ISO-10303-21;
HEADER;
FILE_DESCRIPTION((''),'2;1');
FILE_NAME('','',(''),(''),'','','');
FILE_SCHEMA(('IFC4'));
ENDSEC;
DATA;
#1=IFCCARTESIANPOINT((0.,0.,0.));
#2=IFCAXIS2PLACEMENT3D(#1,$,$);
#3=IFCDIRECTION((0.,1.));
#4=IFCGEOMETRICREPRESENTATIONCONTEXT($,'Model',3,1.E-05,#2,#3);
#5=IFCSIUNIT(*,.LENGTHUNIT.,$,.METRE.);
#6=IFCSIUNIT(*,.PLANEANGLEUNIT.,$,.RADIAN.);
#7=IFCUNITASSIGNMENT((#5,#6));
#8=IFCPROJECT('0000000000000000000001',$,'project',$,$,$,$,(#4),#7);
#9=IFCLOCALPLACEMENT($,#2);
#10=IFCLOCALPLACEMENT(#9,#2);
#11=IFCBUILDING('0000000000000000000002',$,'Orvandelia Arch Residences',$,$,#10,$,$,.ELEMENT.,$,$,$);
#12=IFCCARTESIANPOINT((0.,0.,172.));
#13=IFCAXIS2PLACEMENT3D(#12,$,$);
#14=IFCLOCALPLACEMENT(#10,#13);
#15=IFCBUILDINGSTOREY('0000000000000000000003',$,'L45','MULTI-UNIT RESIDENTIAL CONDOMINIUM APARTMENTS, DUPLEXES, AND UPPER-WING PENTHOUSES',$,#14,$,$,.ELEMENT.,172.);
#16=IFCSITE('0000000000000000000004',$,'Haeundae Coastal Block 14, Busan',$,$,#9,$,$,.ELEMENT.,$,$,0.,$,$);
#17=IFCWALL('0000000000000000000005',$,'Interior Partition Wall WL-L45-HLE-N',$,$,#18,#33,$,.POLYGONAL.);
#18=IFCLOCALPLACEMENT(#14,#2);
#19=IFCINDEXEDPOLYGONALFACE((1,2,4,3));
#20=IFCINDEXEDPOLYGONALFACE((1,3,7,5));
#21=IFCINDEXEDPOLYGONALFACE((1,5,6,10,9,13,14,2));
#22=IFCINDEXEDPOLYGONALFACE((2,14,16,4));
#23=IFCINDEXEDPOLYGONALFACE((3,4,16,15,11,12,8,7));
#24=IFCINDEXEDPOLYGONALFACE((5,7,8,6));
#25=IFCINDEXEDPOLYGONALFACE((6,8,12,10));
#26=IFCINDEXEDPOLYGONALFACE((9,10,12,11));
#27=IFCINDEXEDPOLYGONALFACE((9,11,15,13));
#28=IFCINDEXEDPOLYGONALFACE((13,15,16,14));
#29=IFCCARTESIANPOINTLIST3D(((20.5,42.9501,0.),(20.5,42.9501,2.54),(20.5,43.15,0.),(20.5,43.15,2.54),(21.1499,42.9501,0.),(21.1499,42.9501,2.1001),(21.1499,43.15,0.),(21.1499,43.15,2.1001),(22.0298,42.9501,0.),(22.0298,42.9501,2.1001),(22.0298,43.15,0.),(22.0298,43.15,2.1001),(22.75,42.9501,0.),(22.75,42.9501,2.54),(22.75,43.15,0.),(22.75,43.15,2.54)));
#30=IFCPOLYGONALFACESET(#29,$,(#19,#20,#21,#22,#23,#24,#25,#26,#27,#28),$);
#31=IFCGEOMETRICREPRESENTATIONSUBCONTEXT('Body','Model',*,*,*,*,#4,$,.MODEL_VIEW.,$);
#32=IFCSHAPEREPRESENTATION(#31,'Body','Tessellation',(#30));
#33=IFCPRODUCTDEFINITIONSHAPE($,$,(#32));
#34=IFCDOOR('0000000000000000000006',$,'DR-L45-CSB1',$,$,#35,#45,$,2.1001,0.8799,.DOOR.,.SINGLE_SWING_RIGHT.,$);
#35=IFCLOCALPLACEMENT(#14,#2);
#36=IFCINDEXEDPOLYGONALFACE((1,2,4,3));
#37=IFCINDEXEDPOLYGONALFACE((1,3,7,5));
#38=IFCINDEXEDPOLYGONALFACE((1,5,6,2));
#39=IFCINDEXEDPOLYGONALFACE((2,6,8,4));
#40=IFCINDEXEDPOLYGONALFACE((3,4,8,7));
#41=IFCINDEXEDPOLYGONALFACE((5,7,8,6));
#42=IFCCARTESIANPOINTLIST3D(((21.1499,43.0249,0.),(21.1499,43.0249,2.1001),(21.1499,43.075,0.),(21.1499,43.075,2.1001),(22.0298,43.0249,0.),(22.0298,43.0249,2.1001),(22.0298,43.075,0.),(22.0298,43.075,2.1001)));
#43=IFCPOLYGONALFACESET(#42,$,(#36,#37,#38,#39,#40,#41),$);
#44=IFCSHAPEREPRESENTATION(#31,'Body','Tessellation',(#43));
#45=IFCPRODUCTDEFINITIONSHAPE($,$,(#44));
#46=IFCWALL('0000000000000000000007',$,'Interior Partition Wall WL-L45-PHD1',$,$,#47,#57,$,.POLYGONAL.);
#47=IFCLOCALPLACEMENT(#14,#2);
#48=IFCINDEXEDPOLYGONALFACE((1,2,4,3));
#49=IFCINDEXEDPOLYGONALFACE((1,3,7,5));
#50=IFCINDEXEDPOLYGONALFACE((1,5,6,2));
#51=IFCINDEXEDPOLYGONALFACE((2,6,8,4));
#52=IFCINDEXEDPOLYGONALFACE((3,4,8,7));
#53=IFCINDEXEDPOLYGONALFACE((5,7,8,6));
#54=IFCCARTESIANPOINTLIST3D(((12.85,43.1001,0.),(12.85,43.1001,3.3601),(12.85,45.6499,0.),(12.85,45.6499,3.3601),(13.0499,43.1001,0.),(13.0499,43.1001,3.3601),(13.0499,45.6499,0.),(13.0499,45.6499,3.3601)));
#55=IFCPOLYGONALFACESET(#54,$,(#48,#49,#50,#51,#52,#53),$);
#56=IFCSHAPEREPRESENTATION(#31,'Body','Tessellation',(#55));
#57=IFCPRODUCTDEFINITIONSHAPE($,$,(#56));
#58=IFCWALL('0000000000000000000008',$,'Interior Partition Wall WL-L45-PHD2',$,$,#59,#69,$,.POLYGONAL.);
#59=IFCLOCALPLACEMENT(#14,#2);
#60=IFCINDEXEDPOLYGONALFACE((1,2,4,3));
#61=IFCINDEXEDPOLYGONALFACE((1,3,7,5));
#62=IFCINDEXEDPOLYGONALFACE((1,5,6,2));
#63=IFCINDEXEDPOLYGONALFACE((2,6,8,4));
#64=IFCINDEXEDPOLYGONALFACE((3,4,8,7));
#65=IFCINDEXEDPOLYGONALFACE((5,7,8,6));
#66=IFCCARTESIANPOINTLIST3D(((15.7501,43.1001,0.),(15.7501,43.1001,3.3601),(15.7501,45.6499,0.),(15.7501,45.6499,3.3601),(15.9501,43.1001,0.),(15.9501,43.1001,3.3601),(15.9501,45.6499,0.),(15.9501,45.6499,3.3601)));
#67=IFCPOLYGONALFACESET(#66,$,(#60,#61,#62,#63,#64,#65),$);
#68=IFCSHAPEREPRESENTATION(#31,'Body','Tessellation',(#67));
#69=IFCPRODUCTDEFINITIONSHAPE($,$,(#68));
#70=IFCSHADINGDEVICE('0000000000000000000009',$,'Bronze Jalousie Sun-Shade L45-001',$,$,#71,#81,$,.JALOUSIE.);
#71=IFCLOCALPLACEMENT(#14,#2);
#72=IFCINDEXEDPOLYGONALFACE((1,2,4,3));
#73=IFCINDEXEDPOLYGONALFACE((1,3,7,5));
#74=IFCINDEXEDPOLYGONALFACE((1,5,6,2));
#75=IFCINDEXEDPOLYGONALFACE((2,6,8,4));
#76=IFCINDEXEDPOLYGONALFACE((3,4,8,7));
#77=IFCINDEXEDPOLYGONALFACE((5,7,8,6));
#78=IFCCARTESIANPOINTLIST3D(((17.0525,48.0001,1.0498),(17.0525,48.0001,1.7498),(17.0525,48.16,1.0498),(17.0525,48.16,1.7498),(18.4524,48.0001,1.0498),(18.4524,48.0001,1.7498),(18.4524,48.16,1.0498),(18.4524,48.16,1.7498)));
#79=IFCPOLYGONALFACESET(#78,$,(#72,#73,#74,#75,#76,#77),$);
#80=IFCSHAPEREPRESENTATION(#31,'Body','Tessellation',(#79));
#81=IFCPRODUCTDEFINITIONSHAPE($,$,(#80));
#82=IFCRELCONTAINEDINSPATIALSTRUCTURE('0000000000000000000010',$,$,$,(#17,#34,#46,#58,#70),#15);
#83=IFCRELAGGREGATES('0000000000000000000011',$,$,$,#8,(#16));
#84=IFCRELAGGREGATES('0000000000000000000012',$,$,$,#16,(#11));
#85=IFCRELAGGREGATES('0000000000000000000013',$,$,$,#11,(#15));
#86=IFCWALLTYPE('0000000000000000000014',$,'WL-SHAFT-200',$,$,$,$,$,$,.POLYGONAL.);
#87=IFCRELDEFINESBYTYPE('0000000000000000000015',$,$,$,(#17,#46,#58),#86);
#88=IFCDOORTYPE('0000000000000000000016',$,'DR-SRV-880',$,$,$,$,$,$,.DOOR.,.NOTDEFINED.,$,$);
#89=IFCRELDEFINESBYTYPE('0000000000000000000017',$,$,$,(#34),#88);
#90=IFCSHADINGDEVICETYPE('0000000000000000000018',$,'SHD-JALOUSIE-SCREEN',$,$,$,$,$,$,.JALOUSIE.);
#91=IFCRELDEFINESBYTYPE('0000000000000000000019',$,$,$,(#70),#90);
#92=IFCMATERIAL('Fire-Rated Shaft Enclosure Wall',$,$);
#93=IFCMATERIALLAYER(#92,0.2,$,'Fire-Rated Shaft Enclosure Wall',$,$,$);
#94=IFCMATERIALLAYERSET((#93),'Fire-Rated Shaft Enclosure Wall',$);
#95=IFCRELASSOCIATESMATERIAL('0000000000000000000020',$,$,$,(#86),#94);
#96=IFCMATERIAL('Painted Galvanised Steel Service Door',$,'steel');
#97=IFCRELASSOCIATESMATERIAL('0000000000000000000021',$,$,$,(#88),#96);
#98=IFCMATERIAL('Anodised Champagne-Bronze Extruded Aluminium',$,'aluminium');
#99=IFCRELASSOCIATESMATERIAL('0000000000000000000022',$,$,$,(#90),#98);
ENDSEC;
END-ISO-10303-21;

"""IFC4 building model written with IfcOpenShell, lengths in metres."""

from ifc_helpers import new_model, si_unit, direction, frame, frame_2d, origin, origin_2d, place, context, subcontext, project, spatial, rectangle, extrude, material, layer, layer_set, type_object, element, fill, save


model = new_model("IFC4")

# Units and contexts
model_context = context("Model", 3, precision=1e-05, world=origin(), true_north=direction((0.0, 1.0)))
body_context = subcontext(model_context, "Body", "Model", "MODEL_VIEW")
ifc_project = project(units=[si_unit("LENGTHUNIT", "METRE"), si_unit("PLANEANGLEUNIT", "RADIAN")], contexts=[model_context])

# Site, building, storey
site_placement = place(None, origin())
site = spatial("IfcSite", under=ifc_project, at=site_placement, Name="Haeundae Coastal Block 14, Busan", CompositionType="ELEMENT", RefElevation=0.0)
building_placement = place(site_placement, origin())
building = spatial("IfcBuilding", under=site, at=building_placement, Name="Orvandelia Arch Residences", CompositionType="ELEMENT")
storey_placement = place(building_placement, frame((0.0, 0.0, 172.0)))
storey = spatial("IfcBuildingStorey", under=building, at=storey_placement, Name="L45", Description="MULTI-UNIT RESIDENTIAL CONDOMINIUM APARTMENTS, DUPLEXES, AND UPPER-WING PENTHOUSES", CompositionType="ELEMENT", Elevation=172.0)

# Shared definitions
ifc_material_1 = material(Name="Fire-Rated Shaft Enclosure Wall")
ifc_layer_1 = layer(ifc_material_1, 0.2, Name="Fire-Rated Shaft Enclosure Wall")
ifc_layer_set_1 = layer_set([ifc_layer_1], Name="Fire-Rated Shaft Enclosure Wall")
wall_type_1 = type_object("IfcWallType", Name="WL-SHAFT-200", PredefinedType="POLYGONAL", material=ifc_layer_set_1)

# Shared definitions
ifc_material_2 = material(Name="Painted Galvanised Steel Service Door", Category="steel")
door_type_1 = type_object("IfcDoorType", Name="DR-SRV-880", OperationType="NOTDEFINED", PredefinedType="DOOR", material=ifc_material_2)

# Wall, opening, door
wall_1_placement = place(storey_placement, frame((20.5, 43.05, 0.0), z_axis=(0.0, 0.0, 1.0), x_axis=(1.0, 0.0, 0.0)))
wall_1 = element("IfcWall", 1, at=wall_1_placement, inside=storey, type_object=wall_type_1, Name="Interior Partition Wall WL-L45-HLE-N", PredefinedType="POLYGONAL", context=body_context, shape_type="SweptSolid", body=[
    extrude(rectangle(XDim=2.25, YDim=0.2, at=frame_2d((1.125, 0.0))), origin(), (0.0, 0.0, 1.0), 2.54),
])
opening_1_placement = place(wall_1_placement, frame((0.6499, 0.0, 0.0)))
opening_1 = element("IfcOpeningElement", 2, at=opening_1_placement, cuts=wall_1, PredefinedType="OPENING", context=body_context, shape_type="SweptSolid", body=[
    extrude(rectangle(XDim=0.8799, YDim=2.1001, at=frame_2d((0.4399, 1.05))), frame((0.0, 0.1099, 0.0), z_axis=(0.0, -1.0, 0.0), x_axis=(1.0, 0.0, 0.0)), (0.0, 0.0, 1.0), 0.22),
])
door_1_placement = place(opening_1_placement, origin())
door_1 = element("IfcDoor", 3, at=door_1_placement, inside=storey, type_object=door_type_1, Name="DR-L45-CSB1", OperationType="SINGLE_SWING_RIGHT", OverallHeight=2.1001, OverallWidth=0.8799, PredefinedType="DOOR", context=body_context, shape_type="SweptSolid", body=[
    extrude(rectangle(XDim=0.8799, YDim=2.1001, at=frame_2d((0.4399, 1.05))), frame((0.0, 0.0249, 0.0), z_axis=(0.0, -1.0, 0.0), x_axis=(1.0, 0.0, 0.0)), (0.0, 0.0, 1.0), 0.05),
])
fill(opening_1, door_1)

# Walls
for number, where, z_axis, x_axis, name in (
    (4, (12.95, 43.1001, 0.0), (0.0, 0.0, 1.0), (0.0, 1.0, 0.0), "Interior Partition Wall WL-L45-PHD1"),
    (5, (15.8501, 43.1001, 0.0), (0.0, 0.0, 1.0), (0.0, 1.0, 0.0), "Interior Partition Wall WL-L45-PHD2"),
):
    element("IfcWall", number, at=place(storey_placement, frame(where, z_axis=z_axis, x_axis=x_axis)), inside=storey, type_object=wall_type_1, Name=name, PredefinedType="POLYGONAL", context=body_context, shape_type="SweptSolid", body=[
        extrude(rectangle(XDim=2.5498, YDim=0.2, at=frame_2d((1.2749, 0.0))), origin(), (0.0, 0.0, 1.0), 3.3601),
    ])

# Shading device
ifc_material_3 = material(Name="Anodised Champagne-Bronze Extruded Aluminium", Category="aluminium")
shading_device_type = type_object("IfcShadingDeviceType", Name="SHD-JALOUSIE-SCREEN", PredefinedType="JALOUSIE", material=ifc_material_3)
shading_device_placement = place(storey_placement, frame((17.7524, 48.0801, 1.0498), z_axis=(0.0, 0.0, 1.0), x_axis=(1.0, 0.0, 0.0)))
element("IfcShadingDevice", 6, at=shading_device_placement, inside=storey, type_object=shading_device_type, Name="Bronze Jalousie Sun-Shade L45-001", PredefinedType="JALOUSIE", context=body_context, shape_type="SweptSolid", body=[
    extrude(rectangle(XDim=1.3999, YDim=0.1599, at=origin_2d()), origin(), (0.0, 0.0, 1.0), 0.7),
])

save(model, "model.ifc")
